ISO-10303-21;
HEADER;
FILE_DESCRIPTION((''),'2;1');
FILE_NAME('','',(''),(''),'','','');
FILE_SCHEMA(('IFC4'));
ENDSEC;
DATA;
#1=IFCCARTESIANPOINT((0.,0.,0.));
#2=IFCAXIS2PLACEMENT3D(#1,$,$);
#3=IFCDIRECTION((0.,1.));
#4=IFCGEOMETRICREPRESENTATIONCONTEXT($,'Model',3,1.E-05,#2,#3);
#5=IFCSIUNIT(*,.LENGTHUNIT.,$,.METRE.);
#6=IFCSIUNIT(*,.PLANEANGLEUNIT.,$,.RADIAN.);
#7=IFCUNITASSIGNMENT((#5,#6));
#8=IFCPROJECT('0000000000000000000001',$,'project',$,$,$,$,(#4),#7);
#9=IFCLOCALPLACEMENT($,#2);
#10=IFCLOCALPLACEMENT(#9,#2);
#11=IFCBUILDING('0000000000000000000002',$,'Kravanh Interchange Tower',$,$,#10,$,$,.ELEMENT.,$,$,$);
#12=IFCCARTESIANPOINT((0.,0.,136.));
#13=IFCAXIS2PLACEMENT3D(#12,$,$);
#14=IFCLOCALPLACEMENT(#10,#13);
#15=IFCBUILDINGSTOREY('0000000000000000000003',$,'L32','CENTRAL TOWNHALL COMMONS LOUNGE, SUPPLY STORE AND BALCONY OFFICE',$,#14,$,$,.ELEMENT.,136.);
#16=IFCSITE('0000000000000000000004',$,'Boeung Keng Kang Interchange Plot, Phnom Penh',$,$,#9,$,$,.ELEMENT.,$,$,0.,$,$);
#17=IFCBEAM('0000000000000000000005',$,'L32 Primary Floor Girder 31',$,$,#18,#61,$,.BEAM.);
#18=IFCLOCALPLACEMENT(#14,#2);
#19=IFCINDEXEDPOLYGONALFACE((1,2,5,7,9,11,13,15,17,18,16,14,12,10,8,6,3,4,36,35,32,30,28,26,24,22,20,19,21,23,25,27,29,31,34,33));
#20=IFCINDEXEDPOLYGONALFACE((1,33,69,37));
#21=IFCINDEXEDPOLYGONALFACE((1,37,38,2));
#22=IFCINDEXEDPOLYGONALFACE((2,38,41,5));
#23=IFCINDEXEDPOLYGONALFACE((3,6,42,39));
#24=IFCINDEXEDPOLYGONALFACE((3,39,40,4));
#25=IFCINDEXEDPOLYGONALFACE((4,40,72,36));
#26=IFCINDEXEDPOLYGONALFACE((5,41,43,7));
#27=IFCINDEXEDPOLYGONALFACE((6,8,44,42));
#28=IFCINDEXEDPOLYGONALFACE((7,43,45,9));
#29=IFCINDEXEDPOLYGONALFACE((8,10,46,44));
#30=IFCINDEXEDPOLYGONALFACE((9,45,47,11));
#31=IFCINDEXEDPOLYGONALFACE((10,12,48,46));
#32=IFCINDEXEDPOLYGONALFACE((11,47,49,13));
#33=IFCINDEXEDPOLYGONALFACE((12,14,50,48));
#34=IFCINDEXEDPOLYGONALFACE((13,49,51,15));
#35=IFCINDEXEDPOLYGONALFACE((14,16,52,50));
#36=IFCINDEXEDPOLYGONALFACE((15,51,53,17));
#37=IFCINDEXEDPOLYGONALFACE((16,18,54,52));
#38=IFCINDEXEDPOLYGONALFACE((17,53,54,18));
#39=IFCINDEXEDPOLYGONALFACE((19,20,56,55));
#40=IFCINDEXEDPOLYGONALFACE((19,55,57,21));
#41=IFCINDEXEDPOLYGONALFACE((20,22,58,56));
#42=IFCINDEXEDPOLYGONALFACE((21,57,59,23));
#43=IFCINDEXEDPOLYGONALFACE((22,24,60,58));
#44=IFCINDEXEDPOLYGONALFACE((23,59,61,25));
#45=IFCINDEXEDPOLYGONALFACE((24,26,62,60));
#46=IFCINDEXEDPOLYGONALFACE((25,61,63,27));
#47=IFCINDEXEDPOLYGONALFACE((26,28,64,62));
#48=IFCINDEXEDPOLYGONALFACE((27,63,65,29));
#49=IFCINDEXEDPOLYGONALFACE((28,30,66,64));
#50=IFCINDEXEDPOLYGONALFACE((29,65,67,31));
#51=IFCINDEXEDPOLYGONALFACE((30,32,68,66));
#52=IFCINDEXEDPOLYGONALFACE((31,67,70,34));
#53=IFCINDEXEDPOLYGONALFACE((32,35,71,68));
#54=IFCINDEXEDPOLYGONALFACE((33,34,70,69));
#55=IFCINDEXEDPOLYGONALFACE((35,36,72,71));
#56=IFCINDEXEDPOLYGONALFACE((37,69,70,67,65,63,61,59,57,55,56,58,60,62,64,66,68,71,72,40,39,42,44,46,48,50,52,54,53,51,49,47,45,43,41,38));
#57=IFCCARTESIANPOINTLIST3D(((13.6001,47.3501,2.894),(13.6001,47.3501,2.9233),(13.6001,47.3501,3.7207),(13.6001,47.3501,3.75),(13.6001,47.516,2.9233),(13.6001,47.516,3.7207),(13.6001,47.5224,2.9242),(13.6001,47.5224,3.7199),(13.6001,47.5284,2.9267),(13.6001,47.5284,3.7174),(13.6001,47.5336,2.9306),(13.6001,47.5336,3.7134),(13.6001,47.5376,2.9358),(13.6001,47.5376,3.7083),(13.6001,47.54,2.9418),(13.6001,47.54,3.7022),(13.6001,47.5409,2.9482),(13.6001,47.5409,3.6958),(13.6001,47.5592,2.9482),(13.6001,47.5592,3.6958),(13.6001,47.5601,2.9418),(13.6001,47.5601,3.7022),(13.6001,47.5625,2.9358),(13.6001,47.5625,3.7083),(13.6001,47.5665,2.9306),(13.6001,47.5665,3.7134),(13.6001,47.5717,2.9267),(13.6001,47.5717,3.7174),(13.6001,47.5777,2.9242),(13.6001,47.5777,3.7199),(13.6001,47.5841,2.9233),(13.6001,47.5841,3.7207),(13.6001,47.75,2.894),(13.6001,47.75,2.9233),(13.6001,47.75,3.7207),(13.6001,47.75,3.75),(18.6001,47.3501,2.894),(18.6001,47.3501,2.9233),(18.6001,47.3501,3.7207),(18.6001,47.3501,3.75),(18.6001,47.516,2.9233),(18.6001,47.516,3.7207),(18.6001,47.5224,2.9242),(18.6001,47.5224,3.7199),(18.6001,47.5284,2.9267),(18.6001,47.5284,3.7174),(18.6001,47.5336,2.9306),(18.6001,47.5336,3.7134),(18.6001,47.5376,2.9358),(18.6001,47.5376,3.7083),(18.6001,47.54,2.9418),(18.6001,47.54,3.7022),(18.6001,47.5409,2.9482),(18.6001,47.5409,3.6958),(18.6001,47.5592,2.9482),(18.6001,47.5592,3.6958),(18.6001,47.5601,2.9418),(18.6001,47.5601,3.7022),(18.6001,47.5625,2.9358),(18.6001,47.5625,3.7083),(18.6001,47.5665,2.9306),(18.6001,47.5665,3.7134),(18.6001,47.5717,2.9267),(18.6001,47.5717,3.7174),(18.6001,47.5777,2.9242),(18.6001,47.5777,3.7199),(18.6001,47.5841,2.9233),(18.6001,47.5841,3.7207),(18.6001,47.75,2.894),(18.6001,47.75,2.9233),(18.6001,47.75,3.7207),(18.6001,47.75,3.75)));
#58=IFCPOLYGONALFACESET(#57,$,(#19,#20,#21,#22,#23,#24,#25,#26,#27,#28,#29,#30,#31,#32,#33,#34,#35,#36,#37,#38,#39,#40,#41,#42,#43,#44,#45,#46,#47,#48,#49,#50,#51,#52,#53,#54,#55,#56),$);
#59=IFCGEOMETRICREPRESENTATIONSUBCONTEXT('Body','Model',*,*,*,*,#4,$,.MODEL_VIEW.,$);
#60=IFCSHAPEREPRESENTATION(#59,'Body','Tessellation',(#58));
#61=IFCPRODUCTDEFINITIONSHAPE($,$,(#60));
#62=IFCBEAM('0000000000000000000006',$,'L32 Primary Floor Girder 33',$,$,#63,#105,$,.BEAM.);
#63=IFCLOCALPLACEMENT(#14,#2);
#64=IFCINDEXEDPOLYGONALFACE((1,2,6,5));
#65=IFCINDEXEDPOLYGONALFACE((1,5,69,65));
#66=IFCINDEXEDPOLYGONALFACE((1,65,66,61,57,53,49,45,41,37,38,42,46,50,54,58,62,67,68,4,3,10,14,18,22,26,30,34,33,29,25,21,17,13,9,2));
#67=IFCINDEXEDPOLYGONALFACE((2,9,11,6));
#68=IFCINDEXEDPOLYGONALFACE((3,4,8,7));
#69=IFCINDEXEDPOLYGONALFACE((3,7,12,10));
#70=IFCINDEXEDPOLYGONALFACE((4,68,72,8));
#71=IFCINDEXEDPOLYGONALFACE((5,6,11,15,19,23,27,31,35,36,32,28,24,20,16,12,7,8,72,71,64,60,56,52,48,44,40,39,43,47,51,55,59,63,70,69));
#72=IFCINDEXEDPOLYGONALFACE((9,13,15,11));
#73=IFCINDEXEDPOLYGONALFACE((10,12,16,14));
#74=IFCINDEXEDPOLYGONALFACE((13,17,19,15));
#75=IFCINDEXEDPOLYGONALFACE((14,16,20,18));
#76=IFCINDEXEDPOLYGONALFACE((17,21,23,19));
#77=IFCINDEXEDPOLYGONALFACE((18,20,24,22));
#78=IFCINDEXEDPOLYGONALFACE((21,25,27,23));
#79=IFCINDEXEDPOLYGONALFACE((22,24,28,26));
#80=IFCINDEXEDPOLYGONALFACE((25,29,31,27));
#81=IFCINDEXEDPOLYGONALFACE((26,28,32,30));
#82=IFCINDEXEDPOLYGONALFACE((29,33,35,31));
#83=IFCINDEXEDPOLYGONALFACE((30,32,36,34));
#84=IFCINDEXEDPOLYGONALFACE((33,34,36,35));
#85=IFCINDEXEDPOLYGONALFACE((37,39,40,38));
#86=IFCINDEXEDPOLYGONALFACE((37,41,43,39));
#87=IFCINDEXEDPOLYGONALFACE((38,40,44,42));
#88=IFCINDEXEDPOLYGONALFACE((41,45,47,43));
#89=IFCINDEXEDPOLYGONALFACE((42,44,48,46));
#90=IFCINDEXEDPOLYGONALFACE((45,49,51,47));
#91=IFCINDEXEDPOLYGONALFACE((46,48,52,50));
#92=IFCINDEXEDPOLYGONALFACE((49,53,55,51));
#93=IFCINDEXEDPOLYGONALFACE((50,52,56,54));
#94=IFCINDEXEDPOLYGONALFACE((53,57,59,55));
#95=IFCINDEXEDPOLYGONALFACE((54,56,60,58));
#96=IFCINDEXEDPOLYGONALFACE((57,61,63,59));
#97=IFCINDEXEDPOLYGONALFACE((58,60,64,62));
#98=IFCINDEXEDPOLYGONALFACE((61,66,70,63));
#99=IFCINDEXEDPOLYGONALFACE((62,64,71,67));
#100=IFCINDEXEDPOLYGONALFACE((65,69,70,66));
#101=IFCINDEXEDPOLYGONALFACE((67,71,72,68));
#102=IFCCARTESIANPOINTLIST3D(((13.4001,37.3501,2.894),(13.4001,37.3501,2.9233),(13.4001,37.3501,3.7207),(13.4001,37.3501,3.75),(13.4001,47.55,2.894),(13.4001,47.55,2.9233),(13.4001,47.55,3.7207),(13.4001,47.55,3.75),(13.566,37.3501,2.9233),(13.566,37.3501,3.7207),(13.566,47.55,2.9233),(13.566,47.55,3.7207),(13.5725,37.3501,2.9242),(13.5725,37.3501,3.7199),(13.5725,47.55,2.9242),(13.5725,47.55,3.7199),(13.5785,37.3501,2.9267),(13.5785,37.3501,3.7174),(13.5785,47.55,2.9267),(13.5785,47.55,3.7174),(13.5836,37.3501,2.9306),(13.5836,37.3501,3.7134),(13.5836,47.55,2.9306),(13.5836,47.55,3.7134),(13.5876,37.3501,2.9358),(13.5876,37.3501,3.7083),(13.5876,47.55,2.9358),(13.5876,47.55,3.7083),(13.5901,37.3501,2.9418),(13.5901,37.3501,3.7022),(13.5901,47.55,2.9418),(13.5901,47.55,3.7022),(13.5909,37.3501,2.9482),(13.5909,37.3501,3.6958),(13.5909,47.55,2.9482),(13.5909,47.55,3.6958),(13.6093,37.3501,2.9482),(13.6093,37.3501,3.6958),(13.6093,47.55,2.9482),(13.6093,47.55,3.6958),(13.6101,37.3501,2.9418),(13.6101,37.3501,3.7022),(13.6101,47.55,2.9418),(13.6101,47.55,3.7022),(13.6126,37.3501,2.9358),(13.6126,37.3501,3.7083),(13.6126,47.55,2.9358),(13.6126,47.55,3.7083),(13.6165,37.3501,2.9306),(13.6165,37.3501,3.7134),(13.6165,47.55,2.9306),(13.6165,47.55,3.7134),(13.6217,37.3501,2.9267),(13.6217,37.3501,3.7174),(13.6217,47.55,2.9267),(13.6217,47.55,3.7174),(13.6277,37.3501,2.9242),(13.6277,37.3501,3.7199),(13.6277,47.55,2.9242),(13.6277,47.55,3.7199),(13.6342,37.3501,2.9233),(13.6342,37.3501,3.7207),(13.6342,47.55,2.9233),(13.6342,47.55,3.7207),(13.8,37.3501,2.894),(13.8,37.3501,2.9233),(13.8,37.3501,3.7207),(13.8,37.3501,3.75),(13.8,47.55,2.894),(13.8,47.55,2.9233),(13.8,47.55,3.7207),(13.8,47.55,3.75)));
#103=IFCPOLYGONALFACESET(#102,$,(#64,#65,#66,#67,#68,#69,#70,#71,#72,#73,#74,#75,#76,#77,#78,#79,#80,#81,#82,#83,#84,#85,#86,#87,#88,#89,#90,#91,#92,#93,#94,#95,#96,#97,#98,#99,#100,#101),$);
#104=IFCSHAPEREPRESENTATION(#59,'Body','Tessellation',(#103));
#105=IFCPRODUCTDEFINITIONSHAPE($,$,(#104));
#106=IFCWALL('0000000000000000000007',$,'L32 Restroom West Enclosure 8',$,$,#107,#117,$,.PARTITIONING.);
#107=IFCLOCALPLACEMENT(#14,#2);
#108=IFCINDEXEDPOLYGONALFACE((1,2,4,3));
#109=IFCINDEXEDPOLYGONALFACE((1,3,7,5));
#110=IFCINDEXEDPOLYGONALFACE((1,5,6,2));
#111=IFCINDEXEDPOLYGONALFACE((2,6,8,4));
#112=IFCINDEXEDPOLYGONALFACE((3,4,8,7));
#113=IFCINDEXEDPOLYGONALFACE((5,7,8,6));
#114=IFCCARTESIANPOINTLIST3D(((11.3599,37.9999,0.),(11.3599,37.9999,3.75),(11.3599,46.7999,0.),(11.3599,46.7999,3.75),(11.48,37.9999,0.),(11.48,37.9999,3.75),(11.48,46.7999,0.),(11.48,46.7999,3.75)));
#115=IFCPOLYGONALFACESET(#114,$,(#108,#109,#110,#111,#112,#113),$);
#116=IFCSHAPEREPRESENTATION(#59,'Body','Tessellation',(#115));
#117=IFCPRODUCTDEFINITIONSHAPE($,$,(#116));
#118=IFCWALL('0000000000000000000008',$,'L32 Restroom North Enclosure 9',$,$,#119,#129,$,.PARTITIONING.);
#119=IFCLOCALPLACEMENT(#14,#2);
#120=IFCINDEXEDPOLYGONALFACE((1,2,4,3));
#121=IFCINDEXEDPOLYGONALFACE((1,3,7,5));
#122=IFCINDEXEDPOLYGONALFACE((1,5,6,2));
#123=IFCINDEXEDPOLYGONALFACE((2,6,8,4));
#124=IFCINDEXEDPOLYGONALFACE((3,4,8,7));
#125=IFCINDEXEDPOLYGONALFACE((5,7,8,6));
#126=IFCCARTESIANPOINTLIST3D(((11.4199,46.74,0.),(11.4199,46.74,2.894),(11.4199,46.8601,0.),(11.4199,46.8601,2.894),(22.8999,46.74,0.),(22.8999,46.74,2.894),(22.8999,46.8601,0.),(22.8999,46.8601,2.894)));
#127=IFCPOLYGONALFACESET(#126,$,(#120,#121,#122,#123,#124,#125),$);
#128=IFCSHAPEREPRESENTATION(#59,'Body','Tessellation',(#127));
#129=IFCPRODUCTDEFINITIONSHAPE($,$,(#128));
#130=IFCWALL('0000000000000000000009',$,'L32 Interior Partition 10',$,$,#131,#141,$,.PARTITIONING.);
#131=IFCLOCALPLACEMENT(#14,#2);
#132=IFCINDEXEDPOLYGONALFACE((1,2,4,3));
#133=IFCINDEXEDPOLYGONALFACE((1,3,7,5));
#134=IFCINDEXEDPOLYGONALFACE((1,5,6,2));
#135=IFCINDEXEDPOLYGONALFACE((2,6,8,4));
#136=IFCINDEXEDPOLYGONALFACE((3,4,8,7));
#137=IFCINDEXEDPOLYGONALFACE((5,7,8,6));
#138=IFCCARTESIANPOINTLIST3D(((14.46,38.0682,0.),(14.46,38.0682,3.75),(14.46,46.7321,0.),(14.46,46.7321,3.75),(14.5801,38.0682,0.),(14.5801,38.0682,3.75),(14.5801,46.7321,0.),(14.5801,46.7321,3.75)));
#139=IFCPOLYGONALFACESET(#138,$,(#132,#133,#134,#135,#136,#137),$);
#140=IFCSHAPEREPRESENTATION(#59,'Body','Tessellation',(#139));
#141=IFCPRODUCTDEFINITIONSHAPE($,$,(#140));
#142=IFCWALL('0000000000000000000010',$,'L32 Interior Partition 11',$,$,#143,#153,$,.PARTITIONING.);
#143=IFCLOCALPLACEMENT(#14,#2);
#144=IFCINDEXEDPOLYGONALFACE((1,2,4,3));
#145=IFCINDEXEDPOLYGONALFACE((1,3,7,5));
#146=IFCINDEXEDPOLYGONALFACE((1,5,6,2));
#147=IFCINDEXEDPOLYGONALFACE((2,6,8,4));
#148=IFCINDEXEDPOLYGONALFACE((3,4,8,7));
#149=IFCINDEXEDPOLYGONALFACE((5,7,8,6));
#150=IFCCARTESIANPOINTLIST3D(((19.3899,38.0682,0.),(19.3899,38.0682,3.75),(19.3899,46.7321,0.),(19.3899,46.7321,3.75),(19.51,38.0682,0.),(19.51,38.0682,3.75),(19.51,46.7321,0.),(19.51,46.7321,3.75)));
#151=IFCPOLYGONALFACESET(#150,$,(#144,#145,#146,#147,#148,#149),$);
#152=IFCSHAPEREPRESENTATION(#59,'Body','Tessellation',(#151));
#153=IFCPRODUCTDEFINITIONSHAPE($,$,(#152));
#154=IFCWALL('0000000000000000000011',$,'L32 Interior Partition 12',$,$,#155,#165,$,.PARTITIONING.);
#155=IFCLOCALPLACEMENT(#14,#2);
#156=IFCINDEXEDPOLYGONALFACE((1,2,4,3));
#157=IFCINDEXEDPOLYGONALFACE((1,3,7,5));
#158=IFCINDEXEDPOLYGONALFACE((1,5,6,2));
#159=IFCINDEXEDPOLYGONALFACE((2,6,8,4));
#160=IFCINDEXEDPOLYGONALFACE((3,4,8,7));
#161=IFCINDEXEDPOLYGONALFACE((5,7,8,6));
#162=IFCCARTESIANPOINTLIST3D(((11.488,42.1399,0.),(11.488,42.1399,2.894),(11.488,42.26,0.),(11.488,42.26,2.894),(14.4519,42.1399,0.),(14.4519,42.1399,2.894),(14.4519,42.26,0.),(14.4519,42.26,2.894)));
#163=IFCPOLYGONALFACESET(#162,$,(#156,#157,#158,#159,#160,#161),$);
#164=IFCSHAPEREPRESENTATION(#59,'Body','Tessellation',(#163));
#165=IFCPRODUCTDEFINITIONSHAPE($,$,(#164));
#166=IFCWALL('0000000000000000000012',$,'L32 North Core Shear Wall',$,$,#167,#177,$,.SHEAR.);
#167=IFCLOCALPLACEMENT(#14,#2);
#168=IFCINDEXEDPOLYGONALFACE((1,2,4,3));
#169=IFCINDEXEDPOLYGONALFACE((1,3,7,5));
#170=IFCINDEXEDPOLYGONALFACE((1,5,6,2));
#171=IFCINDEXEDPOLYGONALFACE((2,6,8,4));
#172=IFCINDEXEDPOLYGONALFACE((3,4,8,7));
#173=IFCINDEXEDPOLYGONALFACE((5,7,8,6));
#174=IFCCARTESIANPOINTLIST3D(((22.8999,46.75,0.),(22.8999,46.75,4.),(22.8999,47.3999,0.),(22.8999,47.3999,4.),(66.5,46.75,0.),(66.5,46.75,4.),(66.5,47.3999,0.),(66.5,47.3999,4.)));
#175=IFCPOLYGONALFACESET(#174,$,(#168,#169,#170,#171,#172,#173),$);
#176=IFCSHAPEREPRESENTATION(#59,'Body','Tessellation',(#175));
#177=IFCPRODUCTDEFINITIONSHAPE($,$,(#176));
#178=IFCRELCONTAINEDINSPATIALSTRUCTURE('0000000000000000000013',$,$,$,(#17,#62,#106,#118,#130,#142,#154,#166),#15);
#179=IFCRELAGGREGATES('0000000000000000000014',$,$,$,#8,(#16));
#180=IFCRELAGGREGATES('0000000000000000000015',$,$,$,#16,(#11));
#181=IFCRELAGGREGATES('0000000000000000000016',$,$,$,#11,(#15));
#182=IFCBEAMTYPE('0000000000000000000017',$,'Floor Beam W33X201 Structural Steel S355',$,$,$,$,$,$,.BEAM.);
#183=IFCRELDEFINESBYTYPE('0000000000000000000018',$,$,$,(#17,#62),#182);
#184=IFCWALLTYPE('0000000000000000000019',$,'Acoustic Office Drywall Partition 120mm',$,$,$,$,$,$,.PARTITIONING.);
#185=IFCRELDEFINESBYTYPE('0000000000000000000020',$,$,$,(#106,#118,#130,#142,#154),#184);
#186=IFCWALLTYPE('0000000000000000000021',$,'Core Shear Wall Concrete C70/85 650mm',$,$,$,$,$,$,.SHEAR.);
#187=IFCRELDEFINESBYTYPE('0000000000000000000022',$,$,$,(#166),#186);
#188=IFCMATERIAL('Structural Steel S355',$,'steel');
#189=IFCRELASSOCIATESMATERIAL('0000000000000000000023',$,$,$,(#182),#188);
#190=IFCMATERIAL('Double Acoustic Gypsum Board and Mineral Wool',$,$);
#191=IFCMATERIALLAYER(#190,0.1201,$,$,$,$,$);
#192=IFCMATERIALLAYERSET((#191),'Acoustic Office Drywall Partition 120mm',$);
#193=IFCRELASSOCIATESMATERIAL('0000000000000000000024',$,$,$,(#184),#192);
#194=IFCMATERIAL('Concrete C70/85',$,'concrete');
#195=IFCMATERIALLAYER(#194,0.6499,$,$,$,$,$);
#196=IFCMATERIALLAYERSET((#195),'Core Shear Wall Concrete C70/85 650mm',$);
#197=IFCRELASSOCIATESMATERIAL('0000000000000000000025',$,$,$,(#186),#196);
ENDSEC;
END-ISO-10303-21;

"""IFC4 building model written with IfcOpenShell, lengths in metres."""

from ifc_helpers import new_model, si_unit, direction, frame, frame_2d, origin, origin_2d, place, context, subcontext, project, spatial, rectangle, i_section, extrude, material, layer, layer_set, material_profile, profile_set, type_object, element, save


model = new_model("IFC4")

# Units and contexts
model_context = context("Model", 3, precision=1e-05, world=origin(), true_north=direction((0.0, 1.0)))
body_context = subcontext(model_context, "Body", "Model", "MODEL_VIEW")
ifc_project = project(units=[si_unit("LENGTHUNIT", "METRE"), si_unit("PLANEANGLEUNIT", "RADIAN")], contexts=[model_context])

# Site, building, storey
site_placement = place(None, origin())
site = spatial("IfcSite", under=ifc_project, at=site_placement, Name="Boeung Keng Kang Interchange Plot, Phnom Penh", CompositionType="ELEMENT", RefElevation=0.0)
building_placement = place(site_placement, origin())
building = spatial("IfcBuilding", under=site, at=building_placement, Name="Kravanh Interchange Tower", CompositionType="ELEMENT")
storey_placement = place(building_placement, frame((0.0, 0.0, 136.0)))
storey = spatial("IfcBuildingStorey", under=building, at=storey_placement, Name="L32", Description="CENTRAL TOWNHALL COMMONS LOUNGE, SUPPLY STORE AND BALCONY OFFICE", CompositionType="ELEMENT", Elevation=136.0)

# Beams
ifc_material_1 = material(Name="Structural Steel S355", Category="steel")
ifc_material_profile_1 = material_profile(ifc_material_1, i_section(OverallWidth=0.3999, OverallDepth=0.856, WebThickness=0.0183, FlangeThickness=0.0293, FilletRadius=0.0249, at=origin_2d()), Name="W33X201")
ifc_profile_set_1 = profile_set([ifc_material_profile_1], Name="Structural Steel S355")
beam_type = type_object("IfcBeamType", Name="Floor Beam W33X201 Structural Steel S355", PredefinedType="BEAM", material=ifc_profile_set_1)
beam_1_placement = place(storey_placement, frame((18.6001, 47.55, 3.322), z_axis=(-1.0, 0.0, 0.0), x_axis=(0.0, -1.0, 0.0)))
element("IfcBeam", 1, at=beam_1_placement, inside=storey, type_object=beam_type, Name="L32 Primary Floor Girder 31", PredefinedType="BEAM", context=body_context, shape_type="SweptSolid", body=[
    extrude(i_section(OverallWidth=0.3999, OverallDepth=0.856, WebThickness=0.0183, FlangeThickness=0.0293, FilletRadius=0.0249, at=origin_2d()), origin(), (0.0, 0.0, 1.0), 5.0),
])
beam_2_placement = place(storey_placement, frame((13.6001, 37.3501, 3.322), z_axis=(0.0, 1.0, 0.0), x_axis=(-1.0, 0.0, 0.0)))
element("IfcBeam", 2, at=beam_2_placement, inside=storey, type_object=beam_type, Name="L32 Primary Floor Girder 33", PredefinedType="BEAM", context=body_context, shape_type="SweptSolid", body=[
    extrude(i_section(OverallWidth=0.3999, OverallDepth=0.856, WebThickness=0.0183, FlangeThickness=0.0293, FilletRadius=0.0249, at=origin_2d()), origin(), (0.0, 0.0, 1.0), 10.2),
])

# Shared definitions
ifc_material_2 = material(Name="Double Acoustic Gypsum Board and Mineral Wool")
ifc_layer_1 = layer(ifc_material_2, 0.1201)
ifc_layer_set_1 = layer_set([ifc_layer_1], Name="Acoustic Office Drywall Partition 120mm")
wall_type_1 = type_object("IfcWallType", Name="Acoustic Office Drywall Partition 120mm", PredefinedType="PARTITIONING", material=ifc_layer_set_1)

# Walls
wall_1_placement = place(storey_placement, frame((11.4199, 38.0, 0.0), z_axis=(0.0, 0.0, 1.0), x_axis=(0.0, 1.0, 0.0)))
element("IfcWall", 3, at=wall_1_placement, inside=storey, type_object=wall_type_1, Name="L32 Restroom West Enclosure 8", PredefinedType="PARTITIONING", context=body_context, shape_type="SweptSolid", body=[
    extrude(rectangle(XDim=8.8, YDim=0.1201, at=frame_2d((4.3999, 0.0))), origin(), (0.0, 0.0, 1.0), 3.75),
])
wall_2_placement = place(storey_placement, frame((11.4199, 46.8, 0.0), z_axis=(0.0, 0.0, 1.0), x_axis=(1.0, 0.0, 0.0)))
element("IfcWall", 4, at=wall_2_placement, inside=storey, type_object=wall_type_1, Name="L32 Restroom North Enclosure 9", PredefinedType="PARTITIONING", context=body_context, shape_type="SweptSolid", body=[
    extrude(rectangle(XDim=11.48, YDim=0.1201, at=frame_2d((5.74, 0.0))), origin(), (0.0, 0.0, 1.0), 2.894),
])
for number, where, z_axis, x_axis, name in (
    (5, (14.52, 38.0681, 0.0), (0.0, 0.0, 1.0), (0.0, 1.0, 0.0), "L32 Interior Partition 10"),
    (6, (19.45, 38.0681, 0.0), (0.0, 0.0, 1.0), (0.0, 1.0, 0.0), "L32 Interior Partition 11"),
):
    element("IfcWall", number, at=place(storey_placement, frame(where, z_axis=z_axis, x_axis=x_axis)), inside=storey, type_object=wall_type_1, Name=name, PredefinedType="PARTITIONING", context=body_context, shape_type="SweptSolid", body=[
        extrude(rectangle(XDim=8.6638, YDim=0.1201, at=frame_2d((4.332, 0.0))), origin(), (0.0, 0.0, 1.0), 3.75),
    ])
wall_3_placement = place(storey_placement, frame((11.488, 42.2, 0.0), z_axis=(0.0, 0.0, 1.0), x_axis=(1.0, 0.0, 0.0)))
element("IfcWall", 7, at=wall_3_placement, inside=storey, type_object=wall_type_1, Name="L32 Interior Partition 12", PredefinedType="PARTITIONING", context=body_context, shape_type="SweptSolid", body=[
    extrude(rectangle(XDim=2.9639, YDim=0.1201, at=frame_2d((1.4819, 0.0))), origin(), (0.0, 0.0, 1.0), 2.894),
])
ifc_material_3 = material(Name="Concrete C70/85", Category="concrete")
ifc_layer_2 = layer(ifc_material_3, 0.6499)
ifc_layer_set_2 = layer_set([ifc_layer_2], Name="Core Shear Wall Concrete C70/85 650mm")
wall_type_2 = type_object("IfcWallType", Name="Core Shear Wall Concrete C70/85 650mm", PredefinedType="SHEAR", material=ifc_layer_set_2)
wall_4_placement = place(storey_placement, frame((22.8999, 47.075, 0.0), z_axis=(0.0, 0.0, 1.0), x_axis=(1.0, 0.0, 0.0)))
element("IfcWall", 8, at=wall_4_placement, inside=storey, type_object=wall_type_2, Name="L32 North Core Shear Wall", PredefinedType="SHEAR", context=body_context, shape_type="SweptSolid", body=[
    extrude(rectangle(XDim=43.6001, YDim=0.6499, at=frame_2d((21.8, 0.0))), origin(), (0.0, 0.0, 1.0), 4.0),
])

save(model, "model.ifc")
